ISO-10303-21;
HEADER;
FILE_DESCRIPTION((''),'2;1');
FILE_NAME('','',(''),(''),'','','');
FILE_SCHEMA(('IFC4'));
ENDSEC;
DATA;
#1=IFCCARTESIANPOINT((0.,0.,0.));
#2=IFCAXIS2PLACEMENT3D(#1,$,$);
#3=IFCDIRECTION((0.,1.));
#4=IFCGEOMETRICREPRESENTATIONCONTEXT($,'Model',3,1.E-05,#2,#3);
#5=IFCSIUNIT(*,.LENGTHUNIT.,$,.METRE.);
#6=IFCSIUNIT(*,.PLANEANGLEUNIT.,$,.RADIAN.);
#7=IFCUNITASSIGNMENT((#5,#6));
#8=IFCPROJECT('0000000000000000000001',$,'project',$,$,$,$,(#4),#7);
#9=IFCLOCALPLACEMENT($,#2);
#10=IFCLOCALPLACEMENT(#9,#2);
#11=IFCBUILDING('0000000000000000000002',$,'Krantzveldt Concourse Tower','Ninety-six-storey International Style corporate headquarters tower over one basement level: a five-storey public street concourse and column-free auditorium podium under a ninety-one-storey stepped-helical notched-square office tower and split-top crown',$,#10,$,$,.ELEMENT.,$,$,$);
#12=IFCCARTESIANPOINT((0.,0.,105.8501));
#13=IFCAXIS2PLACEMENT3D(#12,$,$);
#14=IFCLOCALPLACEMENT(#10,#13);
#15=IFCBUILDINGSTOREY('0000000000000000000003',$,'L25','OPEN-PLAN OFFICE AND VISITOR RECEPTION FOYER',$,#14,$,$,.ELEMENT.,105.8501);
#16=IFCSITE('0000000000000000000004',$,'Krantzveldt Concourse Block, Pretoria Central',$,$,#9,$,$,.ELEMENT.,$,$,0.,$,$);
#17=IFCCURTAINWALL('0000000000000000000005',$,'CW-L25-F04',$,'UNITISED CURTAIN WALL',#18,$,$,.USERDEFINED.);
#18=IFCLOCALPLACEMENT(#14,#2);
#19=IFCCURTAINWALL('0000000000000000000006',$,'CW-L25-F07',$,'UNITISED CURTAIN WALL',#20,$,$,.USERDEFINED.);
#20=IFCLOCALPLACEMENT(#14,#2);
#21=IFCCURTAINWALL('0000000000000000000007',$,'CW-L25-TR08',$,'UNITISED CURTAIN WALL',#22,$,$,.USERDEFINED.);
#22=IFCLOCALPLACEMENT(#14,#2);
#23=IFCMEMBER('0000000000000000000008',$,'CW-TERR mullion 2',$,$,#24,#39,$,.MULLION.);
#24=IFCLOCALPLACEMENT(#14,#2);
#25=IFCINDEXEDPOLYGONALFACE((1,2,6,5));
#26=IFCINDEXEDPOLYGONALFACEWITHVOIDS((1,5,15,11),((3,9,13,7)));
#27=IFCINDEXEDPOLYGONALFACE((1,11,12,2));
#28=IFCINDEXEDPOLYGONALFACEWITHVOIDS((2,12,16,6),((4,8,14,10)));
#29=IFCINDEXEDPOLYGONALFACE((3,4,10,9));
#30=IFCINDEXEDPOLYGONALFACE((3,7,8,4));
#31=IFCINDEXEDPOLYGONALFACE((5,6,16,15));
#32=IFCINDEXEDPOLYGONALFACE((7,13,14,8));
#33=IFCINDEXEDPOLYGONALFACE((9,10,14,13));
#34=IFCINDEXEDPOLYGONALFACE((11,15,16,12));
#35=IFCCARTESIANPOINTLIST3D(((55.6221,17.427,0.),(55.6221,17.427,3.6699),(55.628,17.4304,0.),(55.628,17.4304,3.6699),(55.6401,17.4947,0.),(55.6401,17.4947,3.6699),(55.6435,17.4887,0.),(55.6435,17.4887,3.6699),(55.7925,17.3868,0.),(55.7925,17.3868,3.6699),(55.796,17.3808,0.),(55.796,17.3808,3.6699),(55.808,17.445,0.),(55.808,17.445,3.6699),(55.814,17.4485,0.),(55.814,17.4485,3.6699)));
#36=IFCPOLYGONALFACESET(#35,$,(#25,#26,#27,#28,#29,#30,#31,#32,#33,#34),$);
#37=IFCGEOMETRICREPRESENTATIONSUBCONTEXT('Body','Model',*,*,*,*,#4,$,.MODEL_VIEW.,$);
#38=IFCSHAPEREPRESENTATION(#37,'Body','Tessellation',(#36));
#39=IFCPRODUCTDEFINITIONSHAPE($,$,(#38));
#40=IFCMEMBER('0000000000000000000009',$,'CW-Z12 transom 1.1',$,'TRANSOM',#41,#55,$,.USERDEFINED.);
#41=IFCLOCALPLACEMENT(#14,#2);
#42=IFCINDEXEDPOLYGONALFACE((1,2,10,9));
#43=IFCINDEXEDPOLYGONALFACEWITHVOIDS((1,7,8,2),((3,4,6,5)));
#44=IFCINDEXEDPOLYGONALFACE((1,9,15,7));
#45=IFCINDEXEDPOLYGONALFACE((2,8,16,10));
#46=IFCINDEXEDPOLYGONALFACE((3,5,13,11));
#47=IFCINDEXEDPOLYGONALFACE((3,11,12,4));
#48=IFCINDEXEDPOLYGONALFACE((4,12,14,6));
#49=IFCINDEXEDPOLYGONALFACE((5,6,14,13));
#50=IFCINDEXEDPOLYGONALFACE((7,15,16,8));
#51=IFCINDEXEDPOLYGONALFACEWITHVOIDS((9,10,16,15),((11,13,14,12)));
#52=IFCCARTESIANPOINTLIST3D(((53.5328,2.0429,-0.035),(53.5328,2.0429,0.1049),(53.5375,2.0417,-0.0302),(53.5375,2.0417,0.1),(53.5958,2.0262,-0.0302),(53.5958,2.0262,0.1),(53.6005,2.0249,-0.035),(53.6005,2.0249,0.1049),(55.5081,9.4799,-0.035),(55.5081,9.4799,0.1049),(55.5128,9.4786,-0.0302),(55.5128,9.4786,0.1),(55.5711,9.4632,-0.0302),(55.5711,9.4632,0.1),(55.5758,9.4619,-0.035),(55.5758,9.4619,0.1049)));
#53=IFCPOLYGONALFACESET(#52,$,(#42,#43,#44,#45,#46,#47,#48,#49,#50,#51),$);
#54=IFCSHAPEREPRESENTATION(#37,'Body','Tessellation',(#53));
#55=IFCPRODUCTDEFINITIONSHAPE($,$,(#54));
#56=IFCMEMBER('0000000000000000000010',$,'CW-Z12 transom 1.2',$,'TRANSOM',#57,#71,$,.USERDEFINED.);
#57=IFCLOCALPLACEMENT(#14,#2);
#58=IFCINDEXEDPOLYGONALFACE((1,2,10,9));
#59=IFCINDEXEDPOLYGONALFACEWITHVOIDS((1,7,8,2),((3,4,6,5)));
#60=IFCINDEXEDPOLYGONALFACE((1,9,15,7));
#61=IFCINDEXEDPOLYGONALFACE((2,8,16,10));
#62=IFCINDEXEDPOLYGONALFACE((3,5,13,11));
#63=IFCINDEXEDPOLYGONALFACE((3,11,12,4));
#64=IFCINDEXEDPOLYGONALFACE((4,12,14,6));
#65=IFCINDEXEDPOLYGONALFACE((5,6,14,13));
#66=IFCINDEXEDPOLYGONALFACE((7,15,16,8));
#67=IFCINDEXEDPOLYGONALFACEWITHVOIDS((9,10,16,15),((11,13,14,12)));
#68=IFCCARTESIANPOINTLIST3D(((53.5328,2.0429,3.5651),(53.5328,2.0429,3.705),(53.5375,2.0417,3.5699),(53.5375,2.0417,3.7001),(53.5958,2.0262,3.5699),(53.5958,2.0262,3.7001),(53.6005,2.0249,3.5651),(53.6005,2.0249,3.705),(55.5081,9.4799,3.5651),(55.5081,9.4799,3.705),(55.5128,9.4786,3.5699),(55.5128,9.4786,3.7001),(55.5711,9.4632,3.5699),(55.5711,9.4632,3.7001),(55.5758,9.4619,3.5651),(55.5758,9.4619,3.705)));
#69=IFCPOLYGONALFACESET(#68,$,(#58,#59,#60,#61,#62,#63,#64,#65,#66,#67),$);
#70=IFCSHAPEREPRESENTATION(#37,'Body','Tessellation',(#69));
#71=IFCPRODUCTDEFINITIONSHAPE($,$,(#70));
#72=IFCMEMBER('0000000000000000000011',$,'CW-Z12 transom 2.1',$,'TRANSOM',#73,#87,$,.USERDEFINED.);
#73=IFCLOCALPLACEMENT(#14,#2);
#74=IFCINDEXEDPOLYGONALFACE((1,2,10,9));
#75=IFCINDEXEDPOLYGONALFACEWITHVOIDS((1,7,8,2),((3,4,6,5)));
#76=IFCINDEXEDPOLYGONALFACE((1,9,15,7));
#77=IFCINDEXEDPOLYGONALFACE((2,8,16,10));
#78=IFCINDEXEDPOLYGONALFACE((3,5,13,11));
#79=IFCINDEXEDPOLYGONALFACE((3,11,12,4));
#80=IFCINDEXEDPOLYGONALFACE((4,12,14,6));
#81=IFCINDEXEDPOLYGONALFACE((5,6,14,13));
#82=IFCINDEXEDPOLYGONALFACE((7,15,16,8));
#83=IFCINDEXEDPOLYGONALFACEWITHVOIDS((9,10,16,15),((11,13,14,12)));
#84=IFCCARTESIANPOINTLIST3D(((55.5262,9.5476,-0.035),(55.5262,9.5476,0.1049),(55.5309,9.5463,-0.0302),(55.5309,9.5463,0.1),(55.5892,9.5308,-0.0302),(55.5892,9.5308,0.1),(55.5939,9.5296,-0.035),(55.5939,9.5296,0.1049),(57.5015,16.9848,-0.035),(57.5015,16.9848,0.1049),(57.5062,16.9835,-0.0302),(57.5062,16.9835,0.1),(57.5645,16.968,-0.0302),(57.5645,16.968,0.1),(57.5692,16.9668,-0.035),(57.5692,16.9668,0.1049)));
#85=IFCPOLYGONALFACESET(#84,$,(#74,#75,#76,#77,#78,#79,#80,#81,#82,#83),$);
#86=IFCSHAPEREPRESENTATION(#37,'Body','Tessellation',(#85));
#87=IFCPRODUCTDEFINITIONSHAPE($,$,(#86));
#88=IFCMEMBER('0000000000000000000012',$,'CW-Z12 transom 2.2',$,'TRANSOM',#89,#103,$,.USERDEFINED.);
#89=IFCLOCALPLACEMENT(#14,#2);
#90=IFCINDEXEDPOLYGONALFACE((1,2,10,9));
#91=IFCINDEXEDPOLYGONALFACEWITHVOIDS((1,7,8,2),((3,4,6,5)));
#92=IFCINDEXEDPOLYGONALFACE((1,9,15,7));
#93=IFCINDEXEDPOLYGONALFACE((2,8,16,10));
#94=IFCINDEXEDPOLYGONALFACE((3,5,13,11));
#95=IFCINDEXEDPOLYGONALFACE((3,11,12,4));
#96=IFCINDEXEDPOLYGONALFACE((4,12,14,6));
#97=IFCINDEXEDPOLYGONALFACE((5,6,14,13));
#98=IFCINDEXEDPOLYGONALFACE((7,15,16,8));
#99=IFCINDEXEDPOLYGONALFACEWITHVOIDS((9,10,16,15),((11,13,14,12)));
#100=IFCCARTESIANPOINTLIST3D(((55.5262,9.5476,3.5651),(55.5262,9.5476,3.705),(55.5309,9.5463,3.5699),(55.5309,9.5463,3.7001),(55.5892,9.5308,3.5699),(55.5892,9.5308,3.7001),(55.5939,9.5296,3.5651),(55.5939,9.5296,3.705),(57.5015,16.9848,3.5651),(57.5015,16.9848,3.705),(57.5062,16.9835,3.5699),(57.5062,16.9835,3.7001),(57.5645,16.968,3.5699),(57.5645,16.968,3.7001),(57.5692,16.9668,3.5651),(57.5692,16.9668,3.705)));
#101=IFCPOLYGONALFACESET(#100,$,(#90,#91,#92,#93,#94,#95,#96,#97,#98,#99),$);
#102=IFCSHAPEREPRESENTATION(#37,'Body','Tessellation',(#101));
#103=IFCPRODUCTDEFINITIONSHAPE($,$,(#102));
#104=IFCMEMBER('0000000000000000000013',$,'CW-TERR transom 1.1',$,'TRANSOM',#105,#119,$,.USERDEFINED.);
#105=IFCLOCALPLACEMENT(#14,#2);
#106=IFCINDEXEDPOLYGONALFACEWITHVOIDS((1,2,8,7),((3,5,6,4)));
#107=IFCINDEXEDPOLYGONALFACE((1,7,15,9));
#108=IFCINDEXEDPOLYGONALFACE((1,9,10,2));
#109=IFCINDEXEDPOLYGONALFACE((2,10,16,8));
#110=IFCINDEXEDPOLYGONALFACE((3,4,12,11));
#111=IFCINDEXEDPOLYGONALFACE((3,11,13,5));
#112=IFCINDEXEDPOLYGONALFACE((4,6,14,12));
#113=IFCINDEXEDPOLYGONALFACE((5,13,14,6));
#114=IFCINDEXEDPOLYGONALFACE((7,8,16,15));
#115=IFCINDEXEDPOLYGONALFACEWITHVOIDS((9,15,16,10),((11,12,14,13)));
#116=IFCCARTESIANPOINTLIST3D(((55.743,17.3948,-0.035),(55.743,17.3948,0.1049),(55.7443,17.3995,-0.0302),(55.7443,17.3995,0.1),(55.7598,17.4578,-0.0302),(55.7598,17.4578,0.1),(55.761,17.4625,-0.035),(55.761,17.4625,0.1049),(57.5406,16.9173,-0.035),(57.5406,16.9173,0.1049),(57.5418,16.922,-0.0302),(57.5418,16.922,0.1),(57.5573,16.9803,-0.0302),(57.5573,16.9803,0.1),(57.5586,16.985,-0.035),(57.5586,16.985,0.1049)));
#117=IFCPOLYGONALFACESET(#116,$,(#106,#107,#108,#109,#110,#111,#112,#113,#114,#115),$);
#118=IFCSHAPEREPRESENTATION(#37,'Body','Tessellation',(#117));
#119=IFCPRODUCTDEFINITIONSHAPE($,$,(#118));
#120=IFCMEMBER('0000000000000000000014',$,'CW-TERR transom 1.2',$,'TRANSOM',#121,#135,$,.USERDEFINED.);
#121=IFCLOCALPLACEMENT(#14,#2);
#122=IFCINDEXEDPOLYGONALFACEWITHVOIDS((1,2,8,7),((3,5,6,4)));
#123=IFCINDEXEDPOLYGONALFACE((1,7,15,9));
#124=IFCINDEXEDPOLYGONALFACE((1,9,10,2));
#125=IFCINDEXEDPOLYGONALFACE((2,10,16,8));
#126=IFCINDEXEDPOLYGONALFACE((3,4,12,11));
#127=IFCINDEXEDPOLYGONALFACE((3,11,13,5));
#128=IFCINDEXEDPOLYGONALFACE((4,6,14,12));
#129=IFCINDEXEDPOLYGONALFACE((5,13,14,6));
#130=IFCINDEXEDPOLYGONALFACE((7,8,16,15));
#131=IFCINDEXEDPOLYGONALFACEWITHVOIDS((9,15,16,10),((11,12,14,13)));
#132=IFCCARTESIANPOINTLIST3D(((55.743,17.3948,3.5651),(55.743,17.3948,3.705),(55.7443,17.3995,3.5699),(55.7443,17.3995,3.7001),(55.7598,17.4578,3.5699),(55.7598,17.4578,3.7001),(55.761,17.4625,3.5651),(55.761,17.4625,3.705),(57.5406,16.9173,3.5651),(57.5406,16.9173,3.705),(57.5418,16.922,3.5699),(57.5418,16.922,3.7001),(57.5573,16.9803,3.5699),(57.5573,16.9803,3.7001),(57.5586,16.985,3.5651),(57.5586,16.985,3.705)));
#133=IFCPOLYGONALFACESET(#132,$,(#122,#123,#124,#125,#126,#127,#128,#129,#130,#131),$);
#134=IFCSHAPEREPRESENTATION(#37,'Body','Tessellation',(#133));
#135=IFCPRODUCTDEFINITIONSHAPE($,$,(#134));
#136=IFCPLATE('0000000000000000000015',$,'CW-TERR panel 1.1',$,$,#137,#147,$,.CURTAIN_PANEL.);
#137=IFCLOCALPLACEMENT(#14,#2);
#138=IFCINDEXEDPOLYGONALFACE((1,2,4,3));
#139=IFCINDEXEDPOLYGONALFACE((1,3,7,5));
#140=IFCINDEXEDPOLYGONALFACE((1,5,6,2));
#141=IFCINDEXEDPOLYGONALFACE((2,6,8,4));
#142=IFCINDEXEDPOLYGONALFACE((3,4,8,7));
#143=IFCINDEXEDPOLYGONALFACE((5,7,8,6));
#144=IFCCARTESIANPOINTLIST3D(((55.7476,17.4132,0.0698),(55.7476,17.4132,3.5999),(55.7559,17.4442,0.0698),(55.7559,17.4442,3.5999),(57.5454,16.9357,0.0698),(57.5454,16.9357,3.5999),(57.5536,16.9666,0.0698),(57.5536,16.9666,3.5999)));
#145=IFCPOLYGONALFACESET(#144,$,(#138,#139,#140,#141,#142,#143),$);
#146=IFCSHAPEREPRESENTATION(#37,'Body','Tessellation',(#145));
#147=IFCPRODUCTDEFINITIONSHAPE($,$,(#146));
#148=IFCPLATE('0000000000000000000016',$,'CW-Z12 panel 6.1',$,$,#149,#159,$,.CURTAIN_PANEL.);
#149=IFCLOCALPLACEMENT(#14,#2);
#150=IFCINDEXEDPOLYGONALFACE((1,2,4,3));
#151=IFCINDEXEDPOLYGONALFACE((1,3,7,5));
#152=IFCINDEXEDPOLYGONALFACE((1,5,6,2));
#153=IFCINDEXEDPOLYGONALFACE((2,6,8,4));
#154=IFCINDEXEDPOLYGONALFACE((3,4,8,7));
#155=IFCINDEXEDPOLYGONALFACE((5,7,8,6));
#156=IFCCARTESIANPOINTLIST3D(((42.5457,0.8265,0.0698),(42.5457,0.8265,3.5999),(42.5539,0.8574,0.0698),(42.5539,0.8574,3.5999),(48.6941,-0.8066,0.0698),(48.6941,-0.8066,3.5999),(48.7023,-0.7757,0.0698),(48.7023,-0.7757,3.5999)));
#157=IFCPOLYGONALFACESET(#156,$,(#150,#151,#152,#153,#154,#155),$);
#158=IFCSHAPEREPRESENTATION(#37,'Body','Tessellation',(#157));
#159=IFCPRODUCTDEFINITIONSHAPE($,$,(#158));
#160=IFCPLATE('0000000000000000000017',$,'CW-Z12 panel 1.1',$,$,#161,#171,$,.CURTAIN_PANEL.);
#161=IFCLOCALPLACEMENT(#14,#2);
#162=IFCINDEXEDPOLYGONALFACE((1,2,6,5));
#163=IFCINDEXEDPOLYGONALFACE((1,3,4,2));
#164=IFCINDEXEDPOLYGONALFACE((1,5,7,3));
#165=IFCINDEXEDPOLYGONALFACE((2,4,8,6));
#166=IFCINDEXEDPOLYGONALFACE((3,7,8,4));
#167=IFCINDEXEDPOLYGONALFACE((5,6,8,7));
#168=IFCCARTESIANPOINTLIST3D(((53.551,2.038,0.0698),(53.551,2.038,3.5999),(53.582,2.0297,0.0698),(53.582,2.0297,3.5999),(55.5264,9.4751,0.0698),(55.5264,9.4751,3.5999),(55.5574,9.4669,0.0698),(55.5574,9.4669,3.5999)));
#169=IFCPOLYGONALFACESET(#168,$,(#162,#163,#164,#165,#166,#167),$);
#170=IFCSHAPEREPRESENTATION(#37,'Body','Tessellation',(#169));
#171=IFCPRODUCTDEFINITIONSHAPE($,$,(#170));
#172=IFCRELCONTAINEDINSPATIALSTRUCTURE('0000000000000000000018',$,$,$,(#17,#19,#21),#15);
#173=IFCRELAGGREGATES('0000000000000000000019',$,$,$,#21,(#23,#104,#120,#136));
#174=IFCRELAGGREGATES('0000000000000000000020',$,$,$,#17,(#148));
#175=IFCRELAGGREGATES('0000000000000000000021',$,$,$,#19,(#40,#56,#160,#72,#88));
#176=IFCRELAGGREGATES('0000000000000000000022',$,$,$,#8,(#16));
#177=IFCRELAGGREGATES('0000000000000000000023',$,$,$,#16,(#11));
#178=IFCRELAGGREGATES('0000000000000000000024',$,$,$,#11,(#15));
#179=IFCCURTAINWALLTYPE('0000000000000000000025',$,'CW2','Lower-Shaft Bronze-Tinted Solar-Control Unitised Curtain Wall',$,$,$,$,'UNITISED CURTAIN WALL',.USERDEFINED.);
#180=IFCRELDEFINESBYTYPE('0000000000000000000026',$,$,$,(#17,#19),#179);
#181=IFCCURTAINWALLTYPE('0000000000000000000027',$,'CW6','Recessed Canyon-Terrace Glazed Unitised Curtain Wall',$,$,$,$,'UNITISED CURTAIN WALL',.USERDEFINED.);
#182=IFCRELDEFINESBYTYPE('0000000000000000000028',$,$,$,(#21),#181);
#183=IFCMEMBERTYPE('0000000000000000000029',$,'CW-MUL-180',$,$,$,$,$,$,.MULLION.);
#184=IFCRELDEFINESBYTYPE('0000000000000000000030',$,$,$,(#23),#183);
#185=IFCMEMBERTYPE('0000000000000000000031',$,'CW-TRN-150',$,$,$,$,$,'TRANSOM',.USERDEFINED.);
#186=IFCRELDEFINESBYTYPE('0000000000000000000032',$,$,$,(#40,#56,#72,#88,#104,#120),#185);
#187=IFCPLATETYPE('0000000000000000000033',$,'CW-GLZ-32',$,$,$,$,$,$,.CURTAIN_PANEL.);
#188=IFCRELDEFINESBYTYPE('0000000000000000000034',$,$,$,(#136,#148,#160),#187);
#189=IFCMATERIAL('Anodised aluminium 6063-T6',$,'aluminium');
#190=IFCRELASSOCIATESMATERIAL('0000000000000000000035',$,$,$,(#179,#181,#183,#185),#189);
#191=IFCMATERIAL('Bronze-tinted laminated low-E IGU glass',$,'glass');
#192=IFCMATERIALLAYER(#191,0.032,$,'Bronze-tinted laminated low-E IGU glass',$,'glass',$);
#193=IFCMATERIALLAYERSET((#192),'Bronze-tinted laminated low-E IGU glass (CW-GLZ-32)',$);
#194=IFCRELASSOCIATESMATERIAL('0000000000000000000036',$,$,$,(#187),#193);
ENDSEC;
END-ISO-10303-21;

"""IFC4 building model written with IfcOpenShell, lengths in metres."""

from ifc_helpers import new_model, si_unit, direction, frame, origin, origin_2d, place, context, subcontext, project, spatial, rectangle, hollow_rectangle, extrude, source, transform, mapped, material, layer, layer_set, material_profile, profile_set, type_object, type_shapes, element, aggregate, save


model = new_model("IFC4")

# Units and contexts
model_context = context("Model", 3, precision=1e-05, world=origin(), true_north=direction((0.0, 1.0)))
body_context = subcontext(model_context, "Body", "Model", "MODEL_VIEW")
ifc_project = project(units=[si_unit("LENGTHUNIT", "METRE"), si_unit("PLANEANGLEUNIT", "RADIAN")], contexts=[model_context])

# Site, building, storey
site_placement = place(None, origin())
site = spatial("IfcSite", under=ifc_project, at=site_placement, Name="Krantzveldt Concourse Block, Pretoria Central", CompositionType="ELEMENT", RefElevation=0.0)
building_placement = place(site_placement, origin())
building = spatial("IfcBuilding", under=site, at=building_placement, Name="Krantzveldt Concourse Tower", Description="Ninety-six-storey International Style corporate headquarters tower over one basement level: a five-storey public street concourse and column-free auditorium podium under a ninety-one-storey stepped-helical notched-square office tower and split-top crown", CompositionType="ELEMENT")
storey_placement = place(building_placement, frame((0.0, 0.0, 105.8501)))
storey = spatial("IfcBuildingStorey", under=building, at=storey_placement, Name="L25", Description="OPEN-PLAN OFFICE AND VISITOR RECEPTION FOYER", CompositionType="ELEMENT", Elevation=105.8501)

# Curtain wall
ifc_material_1 = material(Name="Anodised aluminium 6063-T6", Category="aluminium")
curtain_wall_type_1 = type_object("IfcCurtainWallType", Name="CW2", Description="Lower-Shaft Bronze-Tinted Solar-Control Unitised Curtain Wall", ElementType="UNITISED CURTAIN WALL", PredefinedType="USERDEFINED", material=ifc_material_1)
curtain_wall_1_placement = place(storey_placement, origin())
curtain_wall_1 = element("IfcCurtainWall", 1, at=curtain_wall_1_placement, inside=storey, type_object=curtain_wall_type_1, Name="CW-L25-F04", ObjectType="UNITISED CURTAIN WALL", PredefinedType="USERDEFINED")
ifc_material_profile_1 = material_profile(ifc_material_1, hollow_rectangle(XDim=0.0701, YDim=0.1799, WallThickness=0.0049, at=origin_2d()), Name="Anodised aluminium 6063-T6", Category="aluminium")
ifc_profile_set_1 = profile_set([ifc_material_profile_1], Name="Anodised aluminium 6063-T6 - ALU-MULL 180x70x5")
member_type_1 = type_object("IfcMemberType", Name="CW-MUL-180", PredefinedType="MULLION", material=ifc_profile_set_1)
shared_shape_1 = source(origin(), body_context, "Body", "SweptSolid", [
    extrude(hollow_rectangle(XDim=0.0701, YDim=0.1799, WallThickness=0.0049, at=origin_2d()), origin(), (0.0, 0.0, 1.0), 3.6699),
])
type_shapes(member_type_1, [shared_shape_1])

# Curtain walls, member
curtain_wall_2_placement = place(storey_placement, origin())
curtain_wall_2 = element("IfcCurtainWall", 2, at=curtain_wall_2_placement, inside=storey, type_object=curtain_wall_type_1, Name="CW-L25-F07", ObjectType="UNITISED CURTAIN WALL", PredefinedType="USERDEFINED")
curtain_wall_type_2 = type_object("IfcCurtainWallType", Name="CW6", Description="Recessed Canyon-Terrace Glazed Unitised Curtain Wall", ElementType="UNITISED CURTAIN WALL", PredefinedType="USERDEFINED", material=ifc_material_1)
curtain_wall_3_placement = place(storey_placement, origin())
curtain_wall_3 = element("IfcCurtainWall", 3, at=curtain_wall_3_placement, inside=storey, type_object=curtain_wall_type_2, Name="CW-L25-TR08", ObjectType="UNITISED CURTAIN WALL", PredefinedType="USERDEFINED")
member_1_placement = place(storey_placement, frame((55.718, 17.4377, 0.0), z_axis=(0.0, 0.0, 1.0), x_axis=(-0.256714, -0.966487, 0.0)))
member_1 = element("IfcMember", 4, at=member_1_placement, type_object=member_type_1, Name="CW-TERR mullion 2", PredefinedType="MULLION", context=body_context, shape_type="MappedRepresentation", body=[
    mapped(shared_shape_1, transform((0.0, 0.0, 0.0), x_axis=(1.0, 0.0, 0.0), y_axis=(0.0, 1.0, 0.0), z_axis=(0.0, 0.0, 1.0), scale=1.0)),
])

# Members
ifc_material_profile_2 = material_profile(ifc_material_1, hollow_rectangle(XDim=0.0701, YDim=0.1399, WallThickness=0.0049, at=origin_2d()), Name="Anodised aluminium 6063-T6", Category="aluminium")
ifc_profile_set_2 = profile_set([ifc_material_profile_2], Name="Anodised aluminium 6063-T6 - ALU-TRAN 140x70x5")
member_type_2 = type_object("IfcMemberType", Name="CW-TRN-150", ElementType="TRANSOM", PredefinedType="USERDEFINED", material=ifc_profile_set_2)
shared_shape_2 = source(origin(), body_context, "Body", "SweptSolid", [
    extrude(hollow_rectangle(XDim=0.0701, YDim=0.1399, WallThickness=0.0049, at=origin_2d()), origin(), (0.0, 0.0, 1.0), 7.6948),
])
member_2_placement = place(storey_placement, frame((53.5667, 2.0339, 0.0349), z_axis=(0.256709, 0.966489, 0.0), x_axis=(-0.966489, 0.256709, 0.0)))
member_2 = element("IfcMember", 5, at=member_2_placement, type_object=member_type_2, Name="CW-Z12 transom 1.1", ObjectType="TRANSOM", PredefinedType="USERDEFINED", context=body_context, shape_type="MappedRepresentation", body=[
    mapped(shared_shape_2, transform((0.0, 0.0, 0.0), x_axis=(1.0, 0.0, 0.0), y_axis=(0.0, 1.0, 0.0), z_axis=(0.0, 0.0, 1.0), scale=1.0)),
])
member_3_placement = place(storey_placement, frame((53.5667, 2.0339, 3.635), z_axis=(0.256709, 0.966489, 0.0), x_axis=(-0.966489, 0.256709, 0.0)))
member_3 = element("IfcMember", 6, at=member_3_placement, type_object=member_type_2, Name="CW-Z12 transom 1.2", ObjectType="TRANSOM", PredefinedType="USERDEFINED", context=body_context, shape_type="MappedRepresentation", body=[
    mapped(shared_shape_2, transform((0.0, 0.0, 0.0), x_axis=(1.0, 0.0, 0.0), y_axis=(0.0, 1.0, 0.0), z_axis=(0.0, 0.0, 1.0), scale=1.0)),
])
shared_shape_3 = source(origin(), body_context, "Body", "SweptSolid", [
    extrude(hollow_rectangle(XDim=0.0701, YDim=0.1399, WallThickness=0.0049, at=origin_2d()), origin(), (0.0, 0.0, 1.0), 7.6951),
])
member_4_placement = place(storey_placement, frame((55.5601, 9.5386, 0.0349), z_axis=(0.256701, 0.966491, 0.0), x_axis=(-0.966491, 0.256701, 0.0)))
member_4 = element("IfcMember", 7, at=member_4_placement, type_object=member_type_2, Name="CW-Z12 transom 2.1", ObjectType="TRANSOM", PredefinedType="USERDEFINED", context=body_context, shape_type="MappedRepresentation", body=[
    mapped(shared_shape_3, transform((0.0, 0.0, 0.0), x_axis=(1.0, 0.0, 0.0), y_axis=(0.0, 1.0, 0.0), z_axis=(0.0, 0.0, 1.0), scale=1.0)),
])
member_5_placement = place(storey_placement, frame((55.5601, 9.5386, 3.635), z_axis=(0.256701, 0.966491, 0.0), x_axis=(-0.966491, 0.256701, 0.0)))
member_5 = element("IfcMember", 8, at=member_5_placement, type_object=member_type_2, Name="CW-Z12 transom 2.2", ObjectType="TRANSOM", PredefinedType="USERDEFINED", context=body_context, shape_type="MappedRepresentation", body=[
    mapped(shared_shape_3, transform((0.0, 0.0, 0.0), x_axis=(1.0, 0.0, 0.0), y_axis=(0.0, 1.0, 0.0), z_axis=(0.0, 0.0, 1.0), scale=1.0)),
])
shared_shape_4 = source(origin(), body_context, "Body", "SweptSolid", [
    extrude(hollow_rectangle(XDim=0.0701, YDim=0.1399, WallThickness=0.0049, at=origin_2d()), origin(), (0.0, 0.0, 1.0), 1.8599),
])
type_shapes(member_type_2, [shared_shape_2, shared_shape_3, shared_shape_4])
member_6_placement = place(storey_placement, frame((57.5496, 16.9512, 0.0349), z_axis=(-0.966479, 0.256748, 0.0), x_axis=(-0.256748, -0.966479, 0.0)))
member_6 = element("IfcMember", 9, at=member_6_placement, type_object=member_type_2, Name="CW-TERR transom 1.1", ObjectType="TRANSOM", PredefinedType="USERDEFINED", context=body_context, shape_type="MappedRepresentation", body=[
    mapped(shared_shape_4, transform((0.0, 0.0, 0.0), x_axis=(1.0, 0.0, 0.0), y_axis=(0.0, 1.0, 0.0), z_axis=(0.0, 0.0, 1.0), scale=1.0)),
])
member_7_placement = place(storey_placement, frame((57.5496, 16.9512, 3.635), z_axis=(-0.966479, 0.256748, 0.0), x_axis=(-0.256748, -0.966479, 0.0)))
member_7 = element("IfcMember", 10, at=member_7_placement, type_object=member_type_2, Name="CW-TERR transom 1.2", ObjectType="TRANSOM", PredefinedType="USERDEFINED", context=body_context, shape_type="MappedRepresentation", body=[
    mapped(shared_shape_4, transform((0.0, 0.0, 0.0), x_axis=(1.0, 0.0, 0.0), y_axis=(0.0, 1.0, 0.0), z_axis=(0.0, 0.0, 1.0), scale=1.0)),
])

# Plates
ifc_material_2 = material(Name="Bronze-tinted laminated low-E IGU glass", Category="glass")
ifc_layer_1 = layer(ifc_material_2, 0.032, Name="Bronze-tinted laminated low-E IGU glass", Category="glass")
ifc_layer_set_1 = layer_set([ifc_layer_1], Name="Bronze-tinted laminated low-E IGU glass (CW-GLZ-32)")
plate_type = type_object("IfcPlateType", Name="CW-GLZ-32", PredefinedType="CURTAIN_PANEL", material=ifc_layer_set_1)
shared_shape_5 = source(origin(), body_context, "Body", "SweptSolid", [
    extrude(rectangle(XDim=1.8601, YDim=0.032, at=origin_2d()), origin(), (0.0, 0.0, 1.0), 3.53),
])
plate_1_placement = place(storey_placement, frame((56.6506, 17.1899, 0.0698), z_axis=(0.0, 0.0, 1.0), x_axis=(-0.966487, 0.256714, 0.0)))
plate_1 = element("IfcPlate", 11, at=plate_1_placement, type_object=plate_type, Name="CW-TERR panel 1.1", PredefinedType="CURTAIN_PANEL", context=body_context, shape_type="MappedRepresentation", body=[
    mapped(shared_shape_5, transform((0.0, 0.0, 0.0), x_axis=(1.0, 0.0, 0.0), y_axis=(0.0, 1.0, 0.0), z_axis=(0.0, 0.0, 1.0), scale=1.0)),
])
aggregate(curtain_wall_3, [member_1, member_6, member_7, plate_1])
shared_shape_6 = source(origin(), body_context, "Body", "SweptSolid", [
    extrude(rectangle(XDim=6.3616, YDim=0.032, at=origin_2d()), origin(), (0.0, 0.0, 1.0), 3.53),
])
plate_2_placement = place(storey_placement, frame((45.624, 0.0254, 0.0698), z_axis=(0.0, 0.0, 1.0), x_axis=(0.966488, -0.256711, 0.0)))
plate_2 = element("IfcPlate", 12, at=plate_2_placement, type_object=plate_type, Name="CW-Z12 panel 6.1", PredefinedType="CURTAIN_PANEL", context=body_context, shape_type="MappedRepresentation", body=[
    mapped(shared_shape_6, transform((0.0, 0.0, 0.0), x_axis=(1.0, 0.0, 0.0), y_axis=(0.0, 1.0, 0.0), z_axis=(0.0, 0.0, 1.0), scale=1.0)),
])
aggregate(curtain_wall_1, [plate_2])
shared_shape_7 = source(origin(), body_context, "Body", "SweptSolid", [
    extrude(rectangle(XDim=7.6951, YDim=0.032, at=origin_2d()), origin(), (0.0, 0.0, 1.0), 3.53),
])
type_shapes(plate_type, [shared_shape_5, shared_shape_6, shared_shape_7])
plate_3_placement = place(storey_placement, frame((54.5542, 5.7524, 0.0698), z_axis=(0.0, 0.0, 1.0), x_axis=(0.256711, 0.966488, 0.0)))
plate_3 = element("IfcPlate", 13, at=plate_3_placement, type_object=plate_type, Name="CW-Z12 panel 1.1", PredefinedType="CURTAIN_PANEL", context=body_context, shape_type="MappedRepresentation", body=[
    mapped(shared_shape_7, transform((0.0, 0.0, 0.0), x_axis=(1.0, 0.0, 0.0), y_axis=(0.0, 1.0, 0.0), z_axis=(0.0, 0.0, 1.0), scale=1.0)),
])
aggregate(curtain_wall_2, [member_2, member_3, plate_3, member_4, member_5])

save(model, "model.ifc")
